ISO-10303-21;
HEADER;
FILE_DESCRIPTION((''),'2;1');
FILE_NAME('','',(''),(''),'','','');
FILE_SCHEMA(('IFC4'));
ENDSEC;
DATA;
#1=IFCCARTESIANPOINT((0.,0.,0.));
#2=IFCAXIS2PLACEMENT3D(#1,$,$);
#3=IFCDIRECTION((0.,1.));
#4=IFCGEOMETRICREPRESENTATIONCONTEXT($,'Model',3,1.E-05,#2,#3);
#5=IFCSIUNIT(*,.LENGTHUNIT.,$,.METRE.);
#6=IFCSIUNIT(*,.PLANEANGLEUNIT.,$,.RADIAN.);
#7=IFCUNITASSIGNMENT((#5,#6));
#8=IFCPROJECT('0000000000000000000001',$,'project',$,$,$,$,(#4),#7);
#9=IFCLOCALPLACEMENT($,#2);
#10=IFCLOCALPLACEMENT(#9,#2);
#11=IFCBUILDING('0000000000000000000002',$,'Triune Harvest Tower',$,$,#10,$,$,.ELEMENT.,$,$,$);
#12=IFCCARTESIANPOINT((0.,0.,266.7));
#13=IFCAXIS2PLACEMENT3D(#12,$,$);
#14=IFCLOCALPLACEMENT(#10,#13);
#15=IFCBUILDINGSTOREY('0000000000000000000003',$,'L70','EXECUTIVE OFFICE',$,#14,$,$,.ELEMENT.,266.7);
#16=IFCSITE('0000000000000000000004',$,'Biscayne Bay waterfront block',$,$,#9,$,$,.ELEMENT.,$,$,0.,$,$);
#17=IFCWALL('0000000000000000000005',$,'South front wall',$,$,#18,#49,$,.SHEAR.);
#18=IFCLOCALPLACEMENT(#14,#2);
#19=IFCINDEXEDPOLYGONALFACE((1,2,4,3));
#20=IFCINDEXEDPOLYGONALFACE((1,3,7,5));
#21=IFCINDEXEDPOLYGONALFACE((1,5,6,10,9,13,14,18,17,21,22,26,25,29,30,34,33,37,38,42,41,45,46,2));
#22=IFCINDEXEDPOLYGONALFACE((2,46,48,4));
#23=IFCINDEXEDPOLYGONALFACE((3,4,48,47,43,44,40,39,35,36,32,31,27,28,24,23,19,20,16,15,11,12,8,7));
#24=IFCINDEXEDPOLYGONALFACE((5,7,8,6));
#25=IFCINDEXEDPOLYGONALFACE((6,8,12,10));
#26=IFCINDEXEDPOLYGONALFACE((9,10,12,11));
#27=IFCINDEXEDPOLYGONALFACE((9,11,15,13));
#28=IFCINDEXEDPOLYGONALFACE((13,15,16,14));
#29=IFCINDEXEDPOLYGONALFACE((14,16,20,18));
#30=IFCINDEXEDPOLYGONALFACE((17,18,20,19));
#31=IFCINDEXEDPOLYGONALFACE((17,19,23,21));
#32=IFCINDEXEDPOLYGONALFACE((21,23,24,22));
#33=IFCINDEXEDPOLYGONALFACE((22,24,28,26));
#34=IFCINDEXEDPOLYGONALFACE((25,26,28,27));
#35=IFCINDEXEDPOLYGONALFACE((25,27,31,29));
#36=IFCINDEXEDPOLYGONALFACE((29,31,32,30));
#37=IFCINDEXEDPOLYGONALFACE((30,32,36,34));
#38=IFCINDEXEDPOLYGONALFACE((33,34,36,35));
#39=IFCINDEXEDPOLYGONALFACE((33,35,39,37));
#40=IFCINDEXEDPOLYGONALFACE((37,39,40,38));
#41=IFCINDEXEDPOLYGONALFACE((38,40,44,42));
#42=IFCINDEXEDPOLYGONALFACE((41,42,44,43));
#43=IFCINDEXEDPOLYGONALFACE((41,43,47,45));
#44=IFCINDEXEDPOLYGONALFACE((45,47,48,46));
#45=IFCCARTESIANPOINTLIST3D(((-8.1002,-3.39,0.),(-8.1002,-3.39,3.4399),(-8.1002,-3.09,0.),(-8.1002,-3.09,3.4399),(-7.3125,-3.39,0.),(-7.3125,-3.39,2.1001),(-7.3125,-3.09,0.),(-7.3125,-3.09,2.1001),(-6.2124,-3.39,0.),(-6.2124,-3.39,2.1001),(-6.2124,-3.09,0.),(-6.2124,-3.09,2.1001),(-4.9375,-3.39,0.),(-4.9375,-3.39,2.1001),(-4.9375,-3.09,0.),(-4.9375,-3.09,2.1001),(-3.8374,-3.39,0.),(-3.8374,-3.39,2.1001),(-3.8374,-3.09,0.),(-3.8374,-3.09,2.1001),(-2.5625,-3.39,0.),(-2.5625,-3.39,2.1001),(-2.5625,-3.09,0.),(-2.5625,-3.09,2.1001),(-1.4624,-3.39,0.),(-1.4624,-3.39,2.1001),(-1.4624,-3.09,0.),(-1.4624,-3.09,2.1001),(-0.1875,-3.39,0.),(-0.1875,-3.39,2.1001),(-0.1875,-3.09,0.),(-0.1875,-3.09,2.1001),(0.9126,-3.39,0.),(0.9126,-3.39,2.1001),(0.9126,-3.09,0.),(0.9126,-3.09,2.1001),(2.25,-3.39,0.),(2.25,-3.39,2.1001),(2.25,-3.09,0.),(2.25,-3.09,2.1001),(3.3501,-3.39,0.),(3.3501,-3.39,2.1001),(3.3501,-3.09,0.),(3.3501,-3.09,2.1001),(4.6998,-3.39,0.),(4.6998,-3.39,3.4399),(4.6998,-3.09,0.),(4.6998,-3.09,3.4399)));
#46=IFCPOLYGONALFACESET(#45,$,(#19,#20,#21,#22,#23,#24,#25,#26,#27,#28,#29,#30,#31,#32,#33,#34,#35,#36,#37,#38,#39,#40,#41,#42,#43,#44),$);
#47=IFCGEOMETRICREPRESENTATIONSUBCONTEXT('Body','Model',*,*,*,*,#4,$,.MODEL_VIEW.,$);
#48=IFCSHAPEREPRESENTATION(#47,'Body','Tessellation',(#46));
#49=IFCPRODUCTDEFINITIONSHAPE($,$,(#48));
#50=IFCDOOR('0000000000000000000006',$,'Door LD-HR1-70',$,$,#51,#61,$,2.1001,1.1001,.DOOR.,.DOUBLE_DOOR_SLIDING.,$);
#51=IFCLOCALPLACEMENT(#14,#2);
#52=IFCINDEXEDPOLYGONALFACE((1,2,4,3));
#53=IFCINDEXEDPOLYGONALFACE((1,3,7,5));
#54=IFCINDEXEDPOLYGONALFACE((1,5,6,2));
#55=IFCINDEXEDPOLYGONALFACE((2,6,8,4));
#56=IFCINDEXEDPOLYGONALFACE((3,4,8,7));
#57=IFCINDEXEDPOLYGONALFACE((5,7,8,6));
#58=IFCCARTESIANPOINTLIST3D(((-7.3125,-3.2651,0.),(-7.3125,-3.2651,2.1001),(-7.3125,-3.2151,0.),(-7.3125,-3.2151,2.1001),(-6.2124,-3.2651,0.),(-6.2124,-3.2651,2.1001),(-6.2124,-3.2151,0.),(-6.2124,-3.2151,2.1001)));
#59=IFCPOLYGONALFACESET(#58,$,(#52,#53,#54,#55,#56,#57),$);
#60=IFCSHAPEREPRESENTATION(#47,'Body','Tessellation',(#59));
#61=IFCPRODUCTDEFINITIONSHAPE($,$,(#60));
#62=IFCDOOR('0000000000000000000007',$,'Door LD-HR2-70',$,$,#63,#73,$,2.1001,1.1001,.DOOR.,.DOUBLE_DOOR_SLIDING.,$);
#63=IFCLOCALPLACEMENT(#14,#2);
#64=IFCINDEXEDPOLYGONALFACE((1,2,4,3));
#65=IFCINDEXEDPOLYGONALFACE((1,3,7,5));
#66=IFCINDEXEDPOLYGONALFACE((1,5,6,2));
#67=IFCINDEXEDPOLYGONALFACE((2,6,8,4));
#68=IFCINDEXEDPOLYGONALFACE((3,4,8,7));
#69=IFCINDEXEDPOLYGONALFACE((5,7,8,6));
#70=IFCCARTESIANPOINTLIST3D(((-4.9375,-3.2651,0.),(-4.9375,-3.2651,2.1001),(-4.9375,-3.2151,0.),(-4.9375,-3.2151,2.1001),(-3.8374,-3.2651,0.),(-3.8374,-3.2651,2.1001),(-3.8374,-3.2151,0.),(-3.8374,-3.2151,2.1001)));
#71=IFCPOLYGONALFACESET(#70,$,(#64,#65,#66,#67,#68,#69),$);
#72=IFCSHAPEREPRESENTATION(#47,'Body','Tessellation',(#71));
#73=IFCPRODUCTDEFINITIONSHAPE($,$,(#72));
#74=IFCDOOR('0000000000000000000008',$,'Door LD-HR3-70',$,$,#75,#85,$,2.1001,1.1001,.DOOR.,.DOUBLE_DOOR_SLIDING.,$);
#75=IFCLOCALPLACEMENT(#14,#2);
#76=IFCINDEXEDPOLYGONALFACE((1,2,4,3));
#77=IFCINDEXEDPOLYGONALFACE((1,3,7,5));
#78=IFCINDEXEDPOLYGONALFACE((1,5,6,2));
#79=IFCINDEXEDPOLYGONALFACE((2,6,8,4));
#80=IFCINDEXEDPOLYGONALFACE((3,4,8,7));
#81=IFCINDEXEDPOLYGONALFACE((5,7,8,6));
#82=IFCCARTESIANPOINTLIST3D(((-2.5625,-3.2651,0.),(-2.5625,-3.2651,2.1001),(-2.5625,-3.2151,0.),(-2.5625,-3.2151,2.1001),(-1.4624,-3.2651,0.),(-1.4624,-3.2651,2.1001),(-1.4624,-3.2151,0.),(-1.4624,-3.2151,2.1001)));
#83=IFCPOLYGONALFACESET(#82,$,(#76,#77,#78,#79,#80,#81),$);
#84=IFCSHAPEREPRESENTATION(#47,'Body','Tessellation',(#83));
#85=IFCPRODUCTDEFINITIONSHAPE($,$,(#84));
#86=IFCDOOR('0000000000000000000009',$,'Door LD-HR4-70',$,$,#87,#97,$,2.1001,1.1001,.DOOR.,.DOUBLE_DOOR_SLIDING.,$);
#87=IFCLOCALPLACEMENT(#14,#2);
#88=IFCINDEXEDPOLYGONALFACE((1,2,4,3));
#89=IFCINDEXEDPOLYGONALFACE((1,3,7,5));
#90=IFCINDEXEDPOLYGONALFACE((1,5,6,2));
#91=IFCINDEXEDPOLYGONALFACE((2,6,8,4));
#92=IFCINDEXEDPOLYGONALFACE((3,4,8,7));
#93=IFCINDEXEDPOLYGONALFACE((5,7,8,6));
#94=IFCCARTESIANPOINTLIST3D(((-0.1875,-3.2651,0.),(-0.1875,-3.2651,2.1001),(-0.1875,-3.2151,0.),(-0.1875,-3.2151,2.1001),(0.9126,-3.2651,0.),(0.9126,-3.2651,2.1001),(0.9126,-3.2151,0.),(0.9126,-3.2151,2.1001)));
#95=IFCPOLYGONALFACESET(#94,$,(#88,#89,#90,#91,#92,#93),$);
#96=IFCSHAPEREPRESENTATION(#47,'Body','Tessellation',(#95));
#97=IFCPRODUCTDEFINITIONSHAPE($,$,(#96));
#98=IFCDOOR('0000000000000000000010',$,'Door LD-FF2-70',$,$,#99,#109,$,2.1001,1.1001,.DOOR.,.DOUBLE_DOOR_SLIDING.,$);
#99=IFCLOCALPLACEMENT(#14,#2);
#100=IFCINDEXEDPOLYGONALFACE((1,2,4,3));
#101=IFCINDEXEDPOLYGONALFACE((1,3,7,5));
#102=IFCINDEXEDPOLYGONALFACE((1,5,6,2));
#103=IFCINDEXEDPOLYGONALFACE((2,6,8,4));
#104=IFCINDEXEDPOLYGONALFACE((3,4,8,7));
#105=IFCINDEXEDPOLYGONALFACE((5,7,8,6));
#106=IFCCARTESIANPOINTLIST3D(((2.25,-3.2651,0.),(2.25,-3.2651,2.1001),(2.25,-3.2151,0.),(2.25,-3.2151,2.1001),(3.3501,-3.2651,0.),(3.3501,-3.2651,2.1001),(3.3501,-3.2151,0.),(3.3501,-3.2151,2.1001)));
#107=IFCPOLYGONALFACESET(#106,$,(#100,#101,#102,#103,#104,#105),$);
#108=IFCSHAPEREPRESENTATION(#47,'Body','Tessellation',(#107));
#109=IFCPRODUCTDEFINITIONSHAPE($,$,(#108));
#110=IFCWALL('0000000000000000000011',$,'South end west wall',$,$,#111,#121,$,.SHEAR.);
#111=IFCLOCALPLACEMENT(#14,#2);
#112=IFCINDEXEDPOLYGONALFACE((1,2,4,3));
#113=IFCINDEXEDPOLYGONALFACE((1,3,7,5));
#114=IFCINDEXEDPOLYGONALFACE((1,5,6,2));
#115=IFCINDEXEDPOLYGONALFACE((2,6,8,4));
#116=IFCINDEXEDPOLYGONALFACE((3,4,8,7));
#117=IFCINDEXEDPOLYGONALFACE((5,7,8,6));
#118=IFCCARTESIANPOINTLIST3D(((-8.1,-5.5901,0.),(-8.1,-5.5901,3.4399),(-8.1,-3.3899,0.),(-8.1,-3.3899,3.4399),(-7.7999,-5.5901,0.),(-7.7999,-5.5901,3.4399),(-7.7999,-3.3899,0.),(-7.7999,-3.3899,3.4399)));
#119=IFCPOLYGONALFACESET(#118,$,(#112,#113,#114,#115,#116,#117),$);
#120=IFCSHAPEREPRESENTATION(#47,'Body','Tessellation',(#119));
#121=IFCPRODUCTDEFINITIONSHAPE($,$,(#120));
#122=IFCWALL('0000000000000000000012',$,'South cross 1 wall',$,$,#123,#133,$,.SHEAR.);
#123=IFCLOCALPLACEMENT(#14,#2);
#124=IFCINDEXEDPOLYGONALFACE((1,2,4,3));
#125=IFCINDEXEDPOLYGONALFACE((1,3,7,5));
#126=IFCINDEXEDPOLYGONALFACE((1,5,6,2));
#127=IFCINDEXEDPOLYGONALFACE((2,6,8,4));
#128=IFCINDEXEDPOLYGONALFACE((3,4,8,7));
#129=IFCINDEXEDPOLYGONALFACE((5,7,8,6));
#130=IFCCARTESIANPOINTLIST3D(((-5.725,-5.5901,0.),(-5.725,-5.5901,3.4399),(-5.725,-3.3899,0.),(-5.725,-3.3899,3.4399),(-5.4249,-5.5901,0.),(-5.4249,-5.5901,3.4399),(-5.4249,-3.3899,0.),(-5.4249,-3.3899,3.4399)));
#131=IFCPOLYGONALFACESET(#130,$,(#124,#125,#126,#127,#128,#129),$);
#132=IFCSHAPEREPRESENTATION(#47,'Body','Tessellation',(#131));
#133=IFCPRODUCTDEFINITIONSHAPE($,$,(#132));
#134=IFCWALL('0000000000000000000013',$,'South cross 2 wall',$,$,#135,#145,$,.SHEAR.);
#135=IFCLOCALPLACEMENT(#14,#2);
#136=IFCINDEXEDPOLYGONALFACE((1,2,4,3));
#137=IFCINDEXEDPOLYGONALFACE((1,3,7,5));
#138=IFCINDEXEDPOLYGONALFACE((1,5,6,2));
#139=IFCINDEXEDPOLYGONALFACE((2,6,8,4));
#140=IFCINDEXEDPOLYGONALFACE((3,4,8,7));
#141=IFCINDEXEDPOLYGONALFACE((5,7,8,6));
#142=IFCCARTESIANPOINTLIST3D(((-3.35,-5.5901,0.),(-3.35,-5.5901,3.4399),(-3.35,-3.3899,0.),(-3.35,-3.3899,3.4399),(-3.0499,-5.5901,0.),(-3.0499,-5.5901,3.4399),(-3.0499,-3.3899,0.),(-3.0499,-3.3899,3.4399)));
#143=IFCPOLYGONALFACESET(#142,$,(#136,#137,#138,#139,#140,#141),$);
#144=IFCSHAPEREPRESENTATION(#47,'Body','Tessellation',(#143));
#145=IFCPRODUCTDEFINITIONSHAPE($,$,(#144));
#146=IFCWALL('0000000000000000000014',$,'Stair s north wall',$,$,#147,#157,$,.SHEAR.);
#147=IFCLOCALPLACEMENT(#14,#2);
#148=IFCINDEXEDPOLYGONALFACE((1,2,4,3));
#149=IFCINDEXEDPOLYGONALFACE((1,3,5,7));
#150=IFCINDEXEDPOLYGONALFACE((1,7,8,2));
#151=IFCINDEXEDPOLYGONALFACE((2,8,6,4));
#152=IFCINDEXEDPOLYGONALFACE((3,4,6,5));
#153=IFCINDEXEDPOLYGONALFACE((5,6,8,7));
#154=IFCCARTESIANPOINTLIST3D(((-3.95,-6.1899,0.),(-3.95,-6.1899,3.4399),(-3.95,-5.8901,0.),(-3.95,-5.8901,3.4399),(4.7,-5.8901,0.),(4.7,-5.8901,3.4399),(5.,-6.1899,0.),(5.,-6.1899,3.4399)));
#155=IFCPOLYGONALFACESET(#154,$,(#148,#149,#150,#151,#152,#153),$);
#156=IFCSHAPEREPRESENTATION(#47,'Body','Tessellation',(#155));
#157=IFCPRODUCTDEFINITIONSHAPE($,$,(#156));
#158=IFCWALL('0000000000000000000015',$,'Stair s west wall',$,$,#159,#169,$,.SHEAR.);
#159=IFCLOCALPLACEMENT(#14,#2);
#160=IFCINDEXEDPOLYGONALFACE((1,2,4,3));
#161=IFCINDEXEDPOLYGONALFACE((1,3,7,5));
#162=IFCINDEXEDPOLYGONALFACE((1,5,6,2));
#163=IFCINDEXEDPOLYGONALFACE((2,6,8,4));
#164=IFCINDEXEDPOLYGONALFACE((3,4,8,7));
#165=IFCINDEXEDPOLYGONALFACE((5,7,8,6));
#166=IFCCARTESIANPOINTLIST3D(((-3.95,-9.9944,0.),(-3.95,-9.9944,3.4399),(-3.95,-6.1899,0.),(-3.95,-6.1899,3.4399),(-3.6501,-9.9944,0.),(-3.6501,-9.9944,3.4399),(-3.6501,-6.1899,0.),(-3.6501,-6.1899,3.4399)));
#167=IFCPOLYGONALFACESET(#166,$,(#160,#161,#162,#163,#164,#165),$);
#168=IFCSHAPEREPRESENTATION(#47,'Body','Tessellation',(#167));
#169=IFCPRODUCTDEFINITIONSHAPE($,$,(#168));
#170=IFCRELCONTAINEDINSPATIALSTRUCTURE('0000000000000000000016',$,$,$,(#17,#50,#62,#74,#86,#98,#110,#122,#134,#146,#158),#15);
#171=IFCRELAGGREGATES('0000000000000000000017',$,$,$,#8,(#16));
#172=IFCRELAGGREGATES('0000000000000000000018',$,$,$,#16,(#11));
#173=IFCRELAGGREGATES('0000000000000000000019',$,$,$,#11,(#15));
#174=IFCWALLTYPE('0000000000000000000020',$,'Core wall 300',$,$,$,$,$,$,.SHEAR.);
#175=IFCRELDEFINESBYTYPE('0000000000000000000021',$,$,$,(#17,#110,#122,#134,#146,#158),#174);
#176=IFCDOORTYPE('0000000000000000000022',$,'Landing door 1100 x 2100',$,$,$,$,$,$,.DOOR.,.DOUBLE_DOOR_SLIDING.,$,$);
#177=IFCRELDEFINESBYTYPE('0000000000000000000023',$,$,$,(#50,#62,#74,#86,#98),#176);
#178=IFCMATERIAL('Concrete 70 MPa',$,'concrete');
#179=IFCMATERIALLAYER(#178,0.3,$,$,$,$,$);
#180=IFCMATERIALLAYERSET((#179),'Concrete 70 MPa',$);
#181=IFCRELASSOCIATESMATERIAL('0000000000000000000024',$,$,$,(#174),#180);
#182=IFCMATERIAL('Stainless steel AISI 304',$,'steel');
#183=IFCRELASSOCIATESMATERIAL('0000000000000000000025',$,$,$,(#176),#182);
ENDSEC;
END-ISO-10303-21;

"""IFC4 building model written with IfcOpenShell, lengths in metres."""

from ifc_helpers import new_model, si_unit, direction, frame, frame_2d, origin, place, context, subcontext, project, spatial, polyline, rectangle, outline, extrude, source, transform, mapped, material, layer, layer_set, type_object, element, fill, save


model = new_model("IFC4")

# Units and contexts
model_context = context("Model", 3, precision=1e-05, world=origin(), true_north=direction((0.0, 1.0)))
body_context = subcontext(model_context, "Body", "Model", "MODEL_VIEW")
ifc_project = project(units=[si_unit("LENGTHUNIT", "METRE"), si_unit("PLANEANGLEUNIT", "RADIAN")], contexts=[model_context])

# Site, building, storey
site_placement = place(None, origin())
site = spatial("IfcSite", under=ifc_project, at=site_placement, Name="Biscayne Bay waterfront block", CompositionType="ELEMENT", RefElevation=0.0)
building_placement = place(site_placement, origin())
building = spatial("IfcBuilding", under=site, at=building_placement, Name="Triune Harvest Tower", CompositionType="ELEMENT")
storey_placement = place(building_placement, frame((0.0, 0.0, 266.7)))
storey = spatial("IfcBuildingStorey", under=building, at=storey_placement, Name="L70", Description="EXECUTIVE OFFICE", CompositionType="ELEMENT", Elevation=266.7)

# Wall, openings, doors
ifc_material_1 = material(Name="Concrete 70 MPa", Category="concrete")
ifc_layer_1 = layer(ifc_material_1, 0.3)
ifc_layer_set_1 = layer_set([ifc_layer_1], Name="Concrete 70 MPa")
wall_type_1 = type_object("IfcWallType", Name="Core wall 300", PredefinedType="SHEAR", material=ifc_layer_set_1)
shared_shape_1 = source(origin(), body_context, "Body", "SweptSolid", [
    extrude(rectangle(XDim=12.8, YDim=0.3, at=frame_2d((6.3999, 0.0))), origin(), (0.0, 0.0, 1.0), 3.4399),
])
wall_1_placement = place(storey_placement, frame((-8.1001, -3.24, 0.0), z_axis=(0.0, 0.0, 1.0), x_axis=(1.0, 0.0, 0.0)))
wall_1 = element("IfcWall", 1, at=wall_1_placement, inside=storey, type_object=wall_type_1, Name="South front wall", PredefinedType="SHEAR", context=body_context, shape_type="MappedRepresentation", body=[
    mapped(shared_shape_1, transform((0.0, 0.0, 0.0), scale=1.0)),
])
opening_1_placement = place(wall_1_placement, frame((0.7876, 0.0, 0.0)))
opening_1 = element("IfcOpeningElement", 2, at=opening_1_placement, cuts=wall_1, PredefinedType="OPENING", context=body_context, shape_type="SweptSolid", body=[
    extrude(rectangle(XDim=1.1001, YDim=2.1001, at=frame_2d((0.55, 1.05))), frame((0.0, 0.1602, 0.0), z_axis=(0.0, -1.0, 0.0), x_axis=(1.0, 0.0, 0.0)), (0.0, 0.0, 1.0), 0.3201),
])
opening_2_placement = place(wall_1_placement, frame((3.1626, 0.0, 0.0)))
opening_2 = element("IfcOpeningElement", 3, at=opening_2_placement, cuts=wall_1, PredefinedType="OPENING", context=body_context, shape_type="SweptSolid", body=[
    extrude(rectangle(XDim=1.1001, YDim=2.1001, at=frame_2d((0.55, 1.05))), frame((0.0, 0.1602, 0.0), z_axis=(0.0, -1.0, 0.0), x_axis=(1.0, 0.0, 0.0)), (0.0, 0.0, 1.0), 0.3201),
])
opening_3_placement = place(wall_1_placement, frame((5.5376, 0.0, 0.0)))
opening_3 = element("IfcOpeningElement", 4, at=opening_3_placement, cuts=wall_1, PredefinedType="OPENING", context=body_context, shape_type="SweptSolid", body=[
    extrude(rectangle(XDim=1.1001, YDim=2.1001, at=frame_2d((0.55, 1.05))), frame((0.0, 0.1602, 0.0), z_axis=(0.0, -1.0, 0.0), x_axis=(1.0, 0.0, 0.0)), (0.0, 0.0, 1.0), 0.3201),
])
opening_4_placement = place(wall_1_placement, frame((7.9126, 0.0, 0.0)))
opening_4 = element("IfcOpeningElement", 5, at=opening_4_placement, cuts=wall_1, PredefinedType="OPENING", context=body_context, shape_type="SweptSolid", body=[
    extrude(rectangle(XDim=1.1001, YDim=2.1001, at=frame_2d((0.55, 1.05))), frame((0.0, 0.1602, 0.0), z_axis=(0.0, -1.0, 0.0), x_axis=(1.0, 0.0, 0.0)), (0.0, 0.0, 1.0), 0.3201),
])
opening_5_placement = place(wall_1_placement, frame((10.3501, 0.0, 0.0)))
opening_5 = element("IfcOpeningElement", 6, at=opening_5_placement, cuts=wall_1, PredefinedType="OPENING", context=body_context, shape_type="SweptSolid", body=[
    extrude(rectangle(XDim=1.1001, YDim=2.1001, at=frame_2d((0.55, 1.05))), frame((0.0, 0.1602, 0.0), z_axis=(0.0, -1.0, 0.0), x_axis=(1.0, 0.0, 0.0)), (0.0, 0.0, 1.0), 0.3201),
])
ifc_material_2 = material(Name="Stainless steel AISI 304", Category="steel")
door_type_1 = type_object("IfcDoorType", Name="Landing door 1100 x 2100", OperationType="DOUBLE_DOOR_SLIDING", PredefinedType="DOOR", material=ifc_material_2)
door_1_placement = place(opening_1_placement, origin())
door_1 = element("IfcDoor", 7, at=door_1_placement, inside=storey, type_object=door_type_1, Name="Door LD-HR1-70", OperationType="DOUBLE_DOOR_SLIDING", OverallHeight=2.1001, OverallWidth=1.1001, PredefinedType="DOOR", context=body_context, shape_type="SweptSolid", body=[
    extrude(rectangle(XDim=1.1001, YDim=2.1001, at=frame_2d((0.55, 1.05))), frame((0.0, 0.0249, 0.0), z_axis=(0.0, -1.0, 0.0), x_axis=(1.0, 0.0, 0.0)), (0.0, 0.0, 1.0), 0.05),
])
fill(opening_1, door_1)
door_2_placement = place(opening_2_placement, origin())
door_2 = element("IfcDoor", 8, at=door_2_placement, inside=storey, type_object=door_type_1, Name="Door LD-HR2-70", OperationType="DOUBLE_DOOR_SLIDING", OverallHeight=2.1001, OverallWidth=1.1001, PredefinedType="DOOR", context=body_context, shape_type="SweptSolid", body=[
    extrude(rectangle(XDim=1.1001, YDim=2.1001, at=frame_2d((0.55, 1.05))), frame((0.0, 0.0249, 0.0), z_axis=(0.0, -1.0, 0.0), x_axis=(1.0, 0.0, 0.0)), (0.0, 0.0, 1.0), 0.05),
])
fill(opening_2, door_2)
door_3_placement = place(opening_3_placement, origin())
door_3 = element("IfcDoor", 9, at=door_3_placement, inside=storey, type_object=door_type_1, Name="Door LD-HR3-70", OperationType="DOUBLE_DOOR_SLIDING", OverallHeight=2.1001, OverallWidth=1.1001, PredefinedType="DOOR", context=body_context, shape_type="SweptSolid", body=[
    extrude(rectangle(XDim=1.1001, YDim=2.1001, at=frame_2d((0.55, 1.05))), frame((0.0, 0.0249, 0.0), z_axis=(0.0, -1.0, 0.0), x_axis=(1.0, 0.0, 0.0)), (0.0, 0.0, 1.0), 0.05),
])
fill(opening_3, door_3)
door_4_placement = place(opening_4_placement, origin())
door_4 = element("IfcDoor", 10, at=door_4_placement, inside=storey, type_object=door_type_1, Name="Door LD-HR4-70", OperationType="DOUBLE_DOOR_SLIDING", OverallHeight=2.1001, OverallWidth=1.1001, PredefinedType="DOOR", context=body_context, shape_type="SweptSolid", body=[
    extrude(rectangle(XDim=1.1001, YDim=2.1001, at=frame_2d((0.55, 1.05))), frame((0.0, 0.0249, 0.0), z_axis=(0.0, -1.0, 0.0), x_axis=(1.0, 0.0, 0.0)), (0.0, 0.0, 1.0), 0.05),
])
fill(opening_4, door_4)
door_5_placement = place(opening_5_placement, origin())
door_5 = element("IfcDoor", 11, at=door_5_placement, inside=storey, type_object=door_type_1, Name="Door LD-FF2-70", OperationType="DOUBLE_DOOR_SLIDING", OverallHeight=2.1001, OverallWidth=1.1001, PredefinedType="DOOR", context=body_context, shape_type="SweptSolid", body=[
    extrude(rectangle(XDim=1.1001, YDim=2.1001, at=frame_2d((0.55, 1.05))), frame((0.0, 0.0249, 0.0), z_axis=(0.0, -1.0, 0.0), x_axis=(1.0, 0.0, 0.0)), (0.0, 0.0, 1.0), 0.05),
])
fill(opening_5, door_5)

# Walls
shared_shape_2 = source(origin(), body_context, "Body", "SweptSolid", [
    extrude(rectangle(XDim=2.2002, YDim=0.3, at=frame_2d((1.1001, 0.0))), origin(), (0.0, 0.0, 1.0), 3.4399),
])
for number, where, z_axis, x_axis, name in (
    (12, (-7.95, -5.5901, 0.0), (0.0, 0.0, 1.0), (0.0, 1.0, 0.0), "South end west wall"),
    (13, (-5.575, -5.5901, 0.0), (0.0, 0.0, 1.0), (0.0, 1.0, 0.0), "South cross 1 wall"),
    (14, (-3.2, -5.5901, 0.0), (0.0, 0.0, 1.0), (0.0, 1.0, 0.0), "South cross 2 wall"),
):
    element("IfcWall", number, at=place(storey_placement, frame(where, z_axis=z_axis, x_axis=x_axis)), inside=storey, type_object=wall_type_1, Name=name, PredefinedType="SHEAR", context=body_context, shape_type="MappedRepresentation", body=[
        mapped(shared_shape_2, transform((0.0, 0.0, 0.0), scale=1.0)),
    ])
shared_shape_3 = source(origin(), body_context, "Body", "SweptSolid", [
    extrude(outline(polyline([(0.0, -0.1499), (8.95, -0.1499), (8.6499, 0.1499), (0.0, 0.1499), (0.0, -0.1499)])), origin(), (0.0, 0.0, 1.0), 3.4399),
])
wall_2_placement = place(storey_placement, frame((-3.95, -6.04, 0.0), z_axis=(0.0, 0.0, 1.0), x_axis=(1.0, 0.0, 0.0)))
element("IfcWall", 15, at=wall_2_placement, inside=storey, type_object=wall_type_1, Name="Stair s north wall", PredefinedType="SHEAR", context=body_context, shape_type="MappedRepresentation", body=[
    mapped(shared_shape_3, transform((0.0, 0.0, 0.0), scale=1.0)),
])
shared_shape_4 = source(origin(), body_context, "Body", "SweptSolid", [
    extrude(outline(polyline([(3.8, -0.1499), (-0.0044, -0.1499), (-0.0044, 0.1499), (3.8, 0.1499), (3.8, -0.1499)])), origin(), (0.0, 0.0, 1.0), 3.4399),
])
wall_3_placement = place(storey_placement, frame((-3.8, -9.99, 0.0), z_axis=(0.0, 0.0, 1.0), x_axis=(0.0, 1.0, 0.0)))
element("IfcWall", 16, at=wall_3_placement, inside=storey, type_object=wall_type_1, Name="Stair s west wall", PredefinedType="SHEAR", context=body_context, shape_type="MappedRepresentation", body=[
    mapped(shared_shape_4, transform((0.0, 0.0, 0.0), scale=1.0)),
])

save(model, "model.ifc")
